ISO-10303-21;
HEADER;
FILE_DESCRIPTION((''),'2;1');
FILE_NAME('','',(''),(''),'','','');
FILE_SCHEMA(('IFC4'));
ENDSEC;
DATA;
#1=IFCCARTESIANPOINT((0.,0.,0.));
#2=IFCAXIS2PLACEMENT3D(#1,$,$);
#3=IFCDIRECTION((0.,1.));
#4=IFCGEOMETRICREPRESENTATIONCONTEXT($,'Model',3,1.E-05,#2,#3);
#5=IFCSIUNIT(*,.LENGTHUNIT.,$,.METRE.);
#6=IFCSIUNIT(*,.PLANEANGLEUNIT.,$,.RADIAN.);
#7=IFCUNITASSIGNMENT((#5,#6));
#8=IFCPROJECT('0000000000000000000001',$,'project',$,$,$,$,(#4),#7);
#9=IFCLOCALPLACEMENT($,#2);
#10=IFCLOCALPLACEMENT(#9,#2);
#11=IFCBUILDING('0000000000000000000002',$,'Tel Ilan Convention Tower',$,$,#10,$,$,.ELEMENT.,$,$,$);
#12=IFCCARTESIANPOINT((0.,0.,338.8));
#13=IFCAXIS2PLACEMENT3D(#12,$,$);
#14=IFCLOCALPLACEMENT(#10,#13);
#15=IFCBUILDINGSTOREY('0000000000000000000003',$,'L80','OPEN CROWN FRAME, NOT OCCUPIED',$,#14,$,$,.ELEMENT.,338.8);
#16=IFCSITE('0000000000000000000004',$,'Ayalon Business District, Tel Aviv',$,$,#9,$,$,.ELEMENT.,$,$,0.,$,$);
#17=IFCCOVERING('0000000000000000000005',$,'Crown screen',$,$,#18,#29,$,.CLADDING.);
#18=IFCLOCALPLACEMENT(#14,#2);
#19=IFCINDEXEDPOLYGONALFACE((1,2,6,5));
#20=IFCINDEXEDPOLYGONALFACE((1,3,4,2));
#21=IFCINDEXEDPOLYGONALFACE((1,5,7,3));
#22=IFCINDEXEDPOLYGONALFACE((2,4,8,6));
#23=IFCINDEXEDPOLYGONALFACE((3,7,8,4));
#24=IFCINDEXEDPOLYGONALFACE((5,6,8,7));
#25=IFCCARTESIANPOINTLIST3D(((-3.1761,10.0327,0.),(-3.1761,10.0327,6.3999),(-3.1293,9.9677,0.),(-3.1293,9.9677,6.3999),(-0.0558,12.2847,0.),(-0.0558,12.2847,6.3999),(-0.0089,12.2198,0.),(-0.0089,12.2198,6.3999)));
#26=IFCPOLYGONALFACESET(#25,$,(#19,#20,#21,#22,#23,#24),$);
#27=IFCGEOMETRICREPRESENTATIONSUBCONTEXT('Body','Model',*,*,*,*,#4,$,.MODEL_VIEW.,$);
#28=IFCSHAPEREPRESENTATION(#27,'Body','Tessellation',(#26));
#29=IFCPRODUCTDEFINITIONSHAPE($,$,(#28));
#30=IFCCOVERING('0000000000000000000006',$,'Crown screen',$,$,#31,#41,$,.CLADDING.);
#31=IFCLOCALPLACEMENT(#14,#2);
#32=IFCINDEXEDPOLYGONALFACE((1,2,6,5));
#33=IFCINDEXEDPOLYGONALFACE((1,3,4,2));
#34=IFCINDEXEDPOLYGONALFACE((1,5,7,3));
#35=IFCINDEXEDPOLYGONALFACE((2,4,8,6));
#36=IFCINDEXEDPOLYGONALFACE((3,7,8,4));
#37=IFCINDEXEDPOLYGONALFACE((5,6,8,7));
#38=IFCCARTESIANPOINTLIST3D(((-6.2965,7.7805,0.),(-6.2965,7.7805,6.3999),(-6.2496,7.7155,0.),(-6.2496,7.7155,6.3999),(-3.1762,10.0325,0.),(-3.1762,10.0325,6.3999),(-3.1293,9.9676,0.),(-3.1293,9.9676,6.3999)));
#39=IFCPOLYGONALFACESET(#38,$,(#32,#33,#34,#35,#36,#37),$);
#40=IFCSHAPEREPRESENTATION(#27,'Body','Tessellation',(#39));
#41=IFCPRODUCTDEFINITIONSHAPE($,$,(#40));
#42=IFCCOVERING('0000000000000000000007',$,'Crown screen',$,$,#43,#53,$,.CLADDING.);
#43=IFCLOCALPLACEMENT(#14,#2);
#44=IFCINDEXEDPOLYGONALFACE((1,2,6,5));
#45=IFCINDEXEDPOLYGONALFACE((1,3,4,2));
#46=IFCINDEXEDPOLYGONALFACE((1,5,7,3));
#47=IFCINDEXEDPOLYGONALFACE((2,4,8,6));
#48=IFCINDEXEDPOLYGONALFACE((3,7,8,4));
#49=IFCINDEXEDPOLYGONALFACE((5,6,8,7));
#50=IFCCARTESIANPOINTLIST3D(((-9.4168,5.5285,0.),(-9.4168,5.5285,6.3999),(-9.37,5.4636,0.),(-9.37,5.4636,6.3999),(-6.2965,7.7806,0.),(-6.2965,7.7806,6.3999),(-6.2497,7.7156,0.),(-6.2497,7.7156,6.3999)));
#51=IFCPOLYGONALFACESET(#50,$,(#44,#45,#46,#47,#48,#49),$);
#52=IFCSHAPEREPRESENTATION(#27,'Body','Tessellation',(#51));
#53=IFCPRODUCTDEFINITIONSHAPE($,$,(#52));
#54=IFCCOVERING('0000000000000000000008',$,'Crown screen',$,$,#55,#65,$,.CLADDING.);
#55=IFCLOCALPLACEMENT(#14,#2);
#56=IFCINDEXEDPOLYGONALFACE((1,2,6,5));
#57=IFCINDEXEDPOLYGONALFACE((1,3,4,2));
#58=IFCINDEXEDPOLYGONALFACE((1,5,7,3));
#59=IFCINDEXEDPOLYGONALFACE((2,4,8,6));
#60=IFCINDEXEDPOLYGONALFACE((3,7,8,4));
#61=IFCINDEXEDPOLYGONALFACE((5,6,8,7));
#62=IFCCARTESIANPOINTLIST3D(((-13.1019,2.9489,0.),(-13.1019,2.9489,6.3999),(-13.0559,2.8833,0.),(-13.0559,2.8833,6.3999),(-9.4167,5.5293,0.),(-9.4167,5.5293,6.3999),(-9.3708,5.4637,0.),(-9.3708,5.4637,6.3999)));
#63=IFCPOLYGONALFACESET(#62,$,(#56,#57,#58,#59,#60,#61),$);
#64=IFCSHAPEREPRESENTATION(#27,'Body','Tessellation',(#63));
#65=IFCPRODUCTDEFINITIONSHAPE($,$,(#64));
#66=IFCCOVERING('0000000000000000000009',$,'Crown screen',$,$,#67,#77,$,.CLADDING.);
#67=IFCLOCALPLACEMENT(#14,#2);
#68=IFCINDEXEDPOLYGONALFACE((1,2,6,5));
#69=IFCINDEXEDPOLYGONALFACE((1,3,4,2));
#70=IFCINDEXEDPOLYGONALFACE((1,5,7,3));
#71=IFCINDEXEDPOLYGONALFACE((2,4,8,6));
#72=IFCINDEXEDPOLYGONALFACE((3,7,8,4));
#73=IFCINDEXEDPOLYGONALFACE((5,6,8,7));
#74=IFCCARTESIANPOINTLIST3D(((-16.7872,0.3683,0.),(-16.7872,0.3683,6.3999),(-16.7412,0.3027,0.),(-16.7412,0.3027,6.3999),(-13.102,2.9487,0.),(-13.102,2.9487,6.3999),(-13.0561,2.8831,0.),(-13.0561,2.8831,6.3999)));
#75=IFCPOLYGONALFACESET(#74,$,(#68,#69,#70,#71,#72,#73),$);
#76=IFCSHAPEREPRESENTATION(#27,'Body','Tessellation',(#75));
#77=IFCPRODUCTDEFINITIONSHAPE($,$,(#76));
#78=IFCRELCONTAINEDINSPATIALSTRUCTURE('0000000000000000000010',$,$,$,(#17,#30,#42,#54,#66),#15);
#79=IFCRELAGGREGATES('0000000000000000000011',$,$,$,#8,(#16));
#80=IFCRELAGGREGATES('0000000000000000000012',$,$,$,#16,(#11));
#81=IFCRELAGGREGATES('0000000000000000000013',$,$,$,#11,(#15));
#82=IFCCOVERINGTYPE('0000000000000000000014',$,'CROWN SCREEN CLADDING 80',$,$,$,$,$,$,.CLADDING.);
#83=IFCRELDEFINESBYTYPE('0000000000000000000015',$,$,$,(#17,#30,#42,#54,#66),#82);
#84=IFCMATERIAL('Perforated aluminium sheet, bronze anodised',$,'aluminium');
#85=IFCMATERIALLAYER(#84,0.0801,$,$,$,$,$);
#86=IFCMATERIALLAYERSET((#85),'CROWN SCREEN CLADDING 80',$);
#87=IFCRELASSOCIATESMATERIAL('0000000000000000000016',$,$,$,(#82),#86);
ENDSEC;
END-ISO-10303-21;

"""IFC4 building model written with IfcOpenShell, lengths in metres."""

from ifc_helpers import new_model, si_unit, direction, frame, origin, origin_2d, place, context, subcontext, project, spatial, rectangle, extrude, material, layer, layer_set, type_object, element, save


model = new_model("IFC4")

# Units and contexts
model_context = context("Model", 3, precision=1e-05, world=origin(), true_north=direction((0.0, 1.0)))
body_context = subcontext(model_context, "Body", "Model", "MODEL_VIEW")
ifc_project = project(units=[si_unit("LENGTHUNIT", "METRE"), si_unit("PLANEANGLEUNIT", "RADIAN")], contexts=[model_context])

# Site, building, storey
site_placement = place(None, origin())
site = spatial("IfcSite", under=ifc_project, at=site_placement, Name="Ayalon Business District, Tel Aviv", CompositionType="ELEMENT", RefElevation=0.0)
building_placement = place(site_placement, origin())
building = spatial("IfcBuilding", under=site, at=building_placement, Name="Tel Ilan Convention Tower", CompositionType="ELEMENT")
storey_placement = place(building_placement, frame((0.0, 0.0, 338.8)))
storey = spatial("IfcBuildingStorey", under=building, at=storey_placement, Name="L80", Description="OPEN CROWN FRAME, NOT OCCUPIED", CompositionType="ELEMENT", Elevation=338.8)

# Coverings
ifc_material_1 = material(Name="Perforated aluminium sheet, bronze anodised", Category="aluminium")
ifc_layer_1 = layer(ifc_material_1, 0.0801)
ifc_layer_set_1 = layer_set([ifc_layer_1], Name="CROWN SCREEN CLADDING 80")
covering_type = type_object("IfcCoveringType", Name="CROWN SCREEN CLADDING 80", PredefinedType="CLADDING", material=ifc_layer_set_1)
for number, where, z_axis, x_axis, name in (
    (1, (-1.5925, 11.1262, 0.0), (0.0, 0.0, 1.0), (-0.810863, -0.585236, 0.0), "Crown screen"),
    (2, (-4.7129, 8.874, 0.0), (0.0, 0.0, 1.0), (-0.810863, -0.585236, 0.0), "Crown screen"),
    (3, (-7.8333, 6.6221, 0.0), (0.0, 0.0, 1.0), (-0.810863, -0.585236, 0.0), "Crown screen"),
):
    element("IfcCovering", number, at=place(storey_placement, frame(where, z_axis=z_axis, x_axis=x_axis)), inside=storey, type_object=covering_type, Name=name, PredefinedType="CLADDING", context=body_context, shape_type="SweptSolid", body=[
        extrude(rectangle(XDim=3.8481, YDim=0.0801, at=origin_2d()), origin(), (0.0, 0.0, 1.0), 6.3999),
    ])
for number, where, z_axis, x_axis, name in (
    (4, (-11.2363, 4.2063, 0.0), (0.0, 0.0, 1.0), (-0.819148, -0.573582, 0.0), "Crown screen"),
    (5, (-14.9216, 1.6257, 0.0), (0.0, 0.0, 1.0), (-0.819148, -0.573582, 0.0), "Crown screen"),
):
    element("IfcCovering", number, at=place(storey_placement, frame(where, z_axis=z_axis, x_axis=x_axis)), inside=storey, type_object=covering_type, Name=name, PredefinedType="CLADDING", context=body_context, shape_type="SweptSolid", body=[
        extrude(rectangle(XDim=4.4988, YDim=0.0801, at=origin_2d()), origin(), (0.0, 0.0, 1.0), 6.3999),
    ])

save(model, "model.ifc")
